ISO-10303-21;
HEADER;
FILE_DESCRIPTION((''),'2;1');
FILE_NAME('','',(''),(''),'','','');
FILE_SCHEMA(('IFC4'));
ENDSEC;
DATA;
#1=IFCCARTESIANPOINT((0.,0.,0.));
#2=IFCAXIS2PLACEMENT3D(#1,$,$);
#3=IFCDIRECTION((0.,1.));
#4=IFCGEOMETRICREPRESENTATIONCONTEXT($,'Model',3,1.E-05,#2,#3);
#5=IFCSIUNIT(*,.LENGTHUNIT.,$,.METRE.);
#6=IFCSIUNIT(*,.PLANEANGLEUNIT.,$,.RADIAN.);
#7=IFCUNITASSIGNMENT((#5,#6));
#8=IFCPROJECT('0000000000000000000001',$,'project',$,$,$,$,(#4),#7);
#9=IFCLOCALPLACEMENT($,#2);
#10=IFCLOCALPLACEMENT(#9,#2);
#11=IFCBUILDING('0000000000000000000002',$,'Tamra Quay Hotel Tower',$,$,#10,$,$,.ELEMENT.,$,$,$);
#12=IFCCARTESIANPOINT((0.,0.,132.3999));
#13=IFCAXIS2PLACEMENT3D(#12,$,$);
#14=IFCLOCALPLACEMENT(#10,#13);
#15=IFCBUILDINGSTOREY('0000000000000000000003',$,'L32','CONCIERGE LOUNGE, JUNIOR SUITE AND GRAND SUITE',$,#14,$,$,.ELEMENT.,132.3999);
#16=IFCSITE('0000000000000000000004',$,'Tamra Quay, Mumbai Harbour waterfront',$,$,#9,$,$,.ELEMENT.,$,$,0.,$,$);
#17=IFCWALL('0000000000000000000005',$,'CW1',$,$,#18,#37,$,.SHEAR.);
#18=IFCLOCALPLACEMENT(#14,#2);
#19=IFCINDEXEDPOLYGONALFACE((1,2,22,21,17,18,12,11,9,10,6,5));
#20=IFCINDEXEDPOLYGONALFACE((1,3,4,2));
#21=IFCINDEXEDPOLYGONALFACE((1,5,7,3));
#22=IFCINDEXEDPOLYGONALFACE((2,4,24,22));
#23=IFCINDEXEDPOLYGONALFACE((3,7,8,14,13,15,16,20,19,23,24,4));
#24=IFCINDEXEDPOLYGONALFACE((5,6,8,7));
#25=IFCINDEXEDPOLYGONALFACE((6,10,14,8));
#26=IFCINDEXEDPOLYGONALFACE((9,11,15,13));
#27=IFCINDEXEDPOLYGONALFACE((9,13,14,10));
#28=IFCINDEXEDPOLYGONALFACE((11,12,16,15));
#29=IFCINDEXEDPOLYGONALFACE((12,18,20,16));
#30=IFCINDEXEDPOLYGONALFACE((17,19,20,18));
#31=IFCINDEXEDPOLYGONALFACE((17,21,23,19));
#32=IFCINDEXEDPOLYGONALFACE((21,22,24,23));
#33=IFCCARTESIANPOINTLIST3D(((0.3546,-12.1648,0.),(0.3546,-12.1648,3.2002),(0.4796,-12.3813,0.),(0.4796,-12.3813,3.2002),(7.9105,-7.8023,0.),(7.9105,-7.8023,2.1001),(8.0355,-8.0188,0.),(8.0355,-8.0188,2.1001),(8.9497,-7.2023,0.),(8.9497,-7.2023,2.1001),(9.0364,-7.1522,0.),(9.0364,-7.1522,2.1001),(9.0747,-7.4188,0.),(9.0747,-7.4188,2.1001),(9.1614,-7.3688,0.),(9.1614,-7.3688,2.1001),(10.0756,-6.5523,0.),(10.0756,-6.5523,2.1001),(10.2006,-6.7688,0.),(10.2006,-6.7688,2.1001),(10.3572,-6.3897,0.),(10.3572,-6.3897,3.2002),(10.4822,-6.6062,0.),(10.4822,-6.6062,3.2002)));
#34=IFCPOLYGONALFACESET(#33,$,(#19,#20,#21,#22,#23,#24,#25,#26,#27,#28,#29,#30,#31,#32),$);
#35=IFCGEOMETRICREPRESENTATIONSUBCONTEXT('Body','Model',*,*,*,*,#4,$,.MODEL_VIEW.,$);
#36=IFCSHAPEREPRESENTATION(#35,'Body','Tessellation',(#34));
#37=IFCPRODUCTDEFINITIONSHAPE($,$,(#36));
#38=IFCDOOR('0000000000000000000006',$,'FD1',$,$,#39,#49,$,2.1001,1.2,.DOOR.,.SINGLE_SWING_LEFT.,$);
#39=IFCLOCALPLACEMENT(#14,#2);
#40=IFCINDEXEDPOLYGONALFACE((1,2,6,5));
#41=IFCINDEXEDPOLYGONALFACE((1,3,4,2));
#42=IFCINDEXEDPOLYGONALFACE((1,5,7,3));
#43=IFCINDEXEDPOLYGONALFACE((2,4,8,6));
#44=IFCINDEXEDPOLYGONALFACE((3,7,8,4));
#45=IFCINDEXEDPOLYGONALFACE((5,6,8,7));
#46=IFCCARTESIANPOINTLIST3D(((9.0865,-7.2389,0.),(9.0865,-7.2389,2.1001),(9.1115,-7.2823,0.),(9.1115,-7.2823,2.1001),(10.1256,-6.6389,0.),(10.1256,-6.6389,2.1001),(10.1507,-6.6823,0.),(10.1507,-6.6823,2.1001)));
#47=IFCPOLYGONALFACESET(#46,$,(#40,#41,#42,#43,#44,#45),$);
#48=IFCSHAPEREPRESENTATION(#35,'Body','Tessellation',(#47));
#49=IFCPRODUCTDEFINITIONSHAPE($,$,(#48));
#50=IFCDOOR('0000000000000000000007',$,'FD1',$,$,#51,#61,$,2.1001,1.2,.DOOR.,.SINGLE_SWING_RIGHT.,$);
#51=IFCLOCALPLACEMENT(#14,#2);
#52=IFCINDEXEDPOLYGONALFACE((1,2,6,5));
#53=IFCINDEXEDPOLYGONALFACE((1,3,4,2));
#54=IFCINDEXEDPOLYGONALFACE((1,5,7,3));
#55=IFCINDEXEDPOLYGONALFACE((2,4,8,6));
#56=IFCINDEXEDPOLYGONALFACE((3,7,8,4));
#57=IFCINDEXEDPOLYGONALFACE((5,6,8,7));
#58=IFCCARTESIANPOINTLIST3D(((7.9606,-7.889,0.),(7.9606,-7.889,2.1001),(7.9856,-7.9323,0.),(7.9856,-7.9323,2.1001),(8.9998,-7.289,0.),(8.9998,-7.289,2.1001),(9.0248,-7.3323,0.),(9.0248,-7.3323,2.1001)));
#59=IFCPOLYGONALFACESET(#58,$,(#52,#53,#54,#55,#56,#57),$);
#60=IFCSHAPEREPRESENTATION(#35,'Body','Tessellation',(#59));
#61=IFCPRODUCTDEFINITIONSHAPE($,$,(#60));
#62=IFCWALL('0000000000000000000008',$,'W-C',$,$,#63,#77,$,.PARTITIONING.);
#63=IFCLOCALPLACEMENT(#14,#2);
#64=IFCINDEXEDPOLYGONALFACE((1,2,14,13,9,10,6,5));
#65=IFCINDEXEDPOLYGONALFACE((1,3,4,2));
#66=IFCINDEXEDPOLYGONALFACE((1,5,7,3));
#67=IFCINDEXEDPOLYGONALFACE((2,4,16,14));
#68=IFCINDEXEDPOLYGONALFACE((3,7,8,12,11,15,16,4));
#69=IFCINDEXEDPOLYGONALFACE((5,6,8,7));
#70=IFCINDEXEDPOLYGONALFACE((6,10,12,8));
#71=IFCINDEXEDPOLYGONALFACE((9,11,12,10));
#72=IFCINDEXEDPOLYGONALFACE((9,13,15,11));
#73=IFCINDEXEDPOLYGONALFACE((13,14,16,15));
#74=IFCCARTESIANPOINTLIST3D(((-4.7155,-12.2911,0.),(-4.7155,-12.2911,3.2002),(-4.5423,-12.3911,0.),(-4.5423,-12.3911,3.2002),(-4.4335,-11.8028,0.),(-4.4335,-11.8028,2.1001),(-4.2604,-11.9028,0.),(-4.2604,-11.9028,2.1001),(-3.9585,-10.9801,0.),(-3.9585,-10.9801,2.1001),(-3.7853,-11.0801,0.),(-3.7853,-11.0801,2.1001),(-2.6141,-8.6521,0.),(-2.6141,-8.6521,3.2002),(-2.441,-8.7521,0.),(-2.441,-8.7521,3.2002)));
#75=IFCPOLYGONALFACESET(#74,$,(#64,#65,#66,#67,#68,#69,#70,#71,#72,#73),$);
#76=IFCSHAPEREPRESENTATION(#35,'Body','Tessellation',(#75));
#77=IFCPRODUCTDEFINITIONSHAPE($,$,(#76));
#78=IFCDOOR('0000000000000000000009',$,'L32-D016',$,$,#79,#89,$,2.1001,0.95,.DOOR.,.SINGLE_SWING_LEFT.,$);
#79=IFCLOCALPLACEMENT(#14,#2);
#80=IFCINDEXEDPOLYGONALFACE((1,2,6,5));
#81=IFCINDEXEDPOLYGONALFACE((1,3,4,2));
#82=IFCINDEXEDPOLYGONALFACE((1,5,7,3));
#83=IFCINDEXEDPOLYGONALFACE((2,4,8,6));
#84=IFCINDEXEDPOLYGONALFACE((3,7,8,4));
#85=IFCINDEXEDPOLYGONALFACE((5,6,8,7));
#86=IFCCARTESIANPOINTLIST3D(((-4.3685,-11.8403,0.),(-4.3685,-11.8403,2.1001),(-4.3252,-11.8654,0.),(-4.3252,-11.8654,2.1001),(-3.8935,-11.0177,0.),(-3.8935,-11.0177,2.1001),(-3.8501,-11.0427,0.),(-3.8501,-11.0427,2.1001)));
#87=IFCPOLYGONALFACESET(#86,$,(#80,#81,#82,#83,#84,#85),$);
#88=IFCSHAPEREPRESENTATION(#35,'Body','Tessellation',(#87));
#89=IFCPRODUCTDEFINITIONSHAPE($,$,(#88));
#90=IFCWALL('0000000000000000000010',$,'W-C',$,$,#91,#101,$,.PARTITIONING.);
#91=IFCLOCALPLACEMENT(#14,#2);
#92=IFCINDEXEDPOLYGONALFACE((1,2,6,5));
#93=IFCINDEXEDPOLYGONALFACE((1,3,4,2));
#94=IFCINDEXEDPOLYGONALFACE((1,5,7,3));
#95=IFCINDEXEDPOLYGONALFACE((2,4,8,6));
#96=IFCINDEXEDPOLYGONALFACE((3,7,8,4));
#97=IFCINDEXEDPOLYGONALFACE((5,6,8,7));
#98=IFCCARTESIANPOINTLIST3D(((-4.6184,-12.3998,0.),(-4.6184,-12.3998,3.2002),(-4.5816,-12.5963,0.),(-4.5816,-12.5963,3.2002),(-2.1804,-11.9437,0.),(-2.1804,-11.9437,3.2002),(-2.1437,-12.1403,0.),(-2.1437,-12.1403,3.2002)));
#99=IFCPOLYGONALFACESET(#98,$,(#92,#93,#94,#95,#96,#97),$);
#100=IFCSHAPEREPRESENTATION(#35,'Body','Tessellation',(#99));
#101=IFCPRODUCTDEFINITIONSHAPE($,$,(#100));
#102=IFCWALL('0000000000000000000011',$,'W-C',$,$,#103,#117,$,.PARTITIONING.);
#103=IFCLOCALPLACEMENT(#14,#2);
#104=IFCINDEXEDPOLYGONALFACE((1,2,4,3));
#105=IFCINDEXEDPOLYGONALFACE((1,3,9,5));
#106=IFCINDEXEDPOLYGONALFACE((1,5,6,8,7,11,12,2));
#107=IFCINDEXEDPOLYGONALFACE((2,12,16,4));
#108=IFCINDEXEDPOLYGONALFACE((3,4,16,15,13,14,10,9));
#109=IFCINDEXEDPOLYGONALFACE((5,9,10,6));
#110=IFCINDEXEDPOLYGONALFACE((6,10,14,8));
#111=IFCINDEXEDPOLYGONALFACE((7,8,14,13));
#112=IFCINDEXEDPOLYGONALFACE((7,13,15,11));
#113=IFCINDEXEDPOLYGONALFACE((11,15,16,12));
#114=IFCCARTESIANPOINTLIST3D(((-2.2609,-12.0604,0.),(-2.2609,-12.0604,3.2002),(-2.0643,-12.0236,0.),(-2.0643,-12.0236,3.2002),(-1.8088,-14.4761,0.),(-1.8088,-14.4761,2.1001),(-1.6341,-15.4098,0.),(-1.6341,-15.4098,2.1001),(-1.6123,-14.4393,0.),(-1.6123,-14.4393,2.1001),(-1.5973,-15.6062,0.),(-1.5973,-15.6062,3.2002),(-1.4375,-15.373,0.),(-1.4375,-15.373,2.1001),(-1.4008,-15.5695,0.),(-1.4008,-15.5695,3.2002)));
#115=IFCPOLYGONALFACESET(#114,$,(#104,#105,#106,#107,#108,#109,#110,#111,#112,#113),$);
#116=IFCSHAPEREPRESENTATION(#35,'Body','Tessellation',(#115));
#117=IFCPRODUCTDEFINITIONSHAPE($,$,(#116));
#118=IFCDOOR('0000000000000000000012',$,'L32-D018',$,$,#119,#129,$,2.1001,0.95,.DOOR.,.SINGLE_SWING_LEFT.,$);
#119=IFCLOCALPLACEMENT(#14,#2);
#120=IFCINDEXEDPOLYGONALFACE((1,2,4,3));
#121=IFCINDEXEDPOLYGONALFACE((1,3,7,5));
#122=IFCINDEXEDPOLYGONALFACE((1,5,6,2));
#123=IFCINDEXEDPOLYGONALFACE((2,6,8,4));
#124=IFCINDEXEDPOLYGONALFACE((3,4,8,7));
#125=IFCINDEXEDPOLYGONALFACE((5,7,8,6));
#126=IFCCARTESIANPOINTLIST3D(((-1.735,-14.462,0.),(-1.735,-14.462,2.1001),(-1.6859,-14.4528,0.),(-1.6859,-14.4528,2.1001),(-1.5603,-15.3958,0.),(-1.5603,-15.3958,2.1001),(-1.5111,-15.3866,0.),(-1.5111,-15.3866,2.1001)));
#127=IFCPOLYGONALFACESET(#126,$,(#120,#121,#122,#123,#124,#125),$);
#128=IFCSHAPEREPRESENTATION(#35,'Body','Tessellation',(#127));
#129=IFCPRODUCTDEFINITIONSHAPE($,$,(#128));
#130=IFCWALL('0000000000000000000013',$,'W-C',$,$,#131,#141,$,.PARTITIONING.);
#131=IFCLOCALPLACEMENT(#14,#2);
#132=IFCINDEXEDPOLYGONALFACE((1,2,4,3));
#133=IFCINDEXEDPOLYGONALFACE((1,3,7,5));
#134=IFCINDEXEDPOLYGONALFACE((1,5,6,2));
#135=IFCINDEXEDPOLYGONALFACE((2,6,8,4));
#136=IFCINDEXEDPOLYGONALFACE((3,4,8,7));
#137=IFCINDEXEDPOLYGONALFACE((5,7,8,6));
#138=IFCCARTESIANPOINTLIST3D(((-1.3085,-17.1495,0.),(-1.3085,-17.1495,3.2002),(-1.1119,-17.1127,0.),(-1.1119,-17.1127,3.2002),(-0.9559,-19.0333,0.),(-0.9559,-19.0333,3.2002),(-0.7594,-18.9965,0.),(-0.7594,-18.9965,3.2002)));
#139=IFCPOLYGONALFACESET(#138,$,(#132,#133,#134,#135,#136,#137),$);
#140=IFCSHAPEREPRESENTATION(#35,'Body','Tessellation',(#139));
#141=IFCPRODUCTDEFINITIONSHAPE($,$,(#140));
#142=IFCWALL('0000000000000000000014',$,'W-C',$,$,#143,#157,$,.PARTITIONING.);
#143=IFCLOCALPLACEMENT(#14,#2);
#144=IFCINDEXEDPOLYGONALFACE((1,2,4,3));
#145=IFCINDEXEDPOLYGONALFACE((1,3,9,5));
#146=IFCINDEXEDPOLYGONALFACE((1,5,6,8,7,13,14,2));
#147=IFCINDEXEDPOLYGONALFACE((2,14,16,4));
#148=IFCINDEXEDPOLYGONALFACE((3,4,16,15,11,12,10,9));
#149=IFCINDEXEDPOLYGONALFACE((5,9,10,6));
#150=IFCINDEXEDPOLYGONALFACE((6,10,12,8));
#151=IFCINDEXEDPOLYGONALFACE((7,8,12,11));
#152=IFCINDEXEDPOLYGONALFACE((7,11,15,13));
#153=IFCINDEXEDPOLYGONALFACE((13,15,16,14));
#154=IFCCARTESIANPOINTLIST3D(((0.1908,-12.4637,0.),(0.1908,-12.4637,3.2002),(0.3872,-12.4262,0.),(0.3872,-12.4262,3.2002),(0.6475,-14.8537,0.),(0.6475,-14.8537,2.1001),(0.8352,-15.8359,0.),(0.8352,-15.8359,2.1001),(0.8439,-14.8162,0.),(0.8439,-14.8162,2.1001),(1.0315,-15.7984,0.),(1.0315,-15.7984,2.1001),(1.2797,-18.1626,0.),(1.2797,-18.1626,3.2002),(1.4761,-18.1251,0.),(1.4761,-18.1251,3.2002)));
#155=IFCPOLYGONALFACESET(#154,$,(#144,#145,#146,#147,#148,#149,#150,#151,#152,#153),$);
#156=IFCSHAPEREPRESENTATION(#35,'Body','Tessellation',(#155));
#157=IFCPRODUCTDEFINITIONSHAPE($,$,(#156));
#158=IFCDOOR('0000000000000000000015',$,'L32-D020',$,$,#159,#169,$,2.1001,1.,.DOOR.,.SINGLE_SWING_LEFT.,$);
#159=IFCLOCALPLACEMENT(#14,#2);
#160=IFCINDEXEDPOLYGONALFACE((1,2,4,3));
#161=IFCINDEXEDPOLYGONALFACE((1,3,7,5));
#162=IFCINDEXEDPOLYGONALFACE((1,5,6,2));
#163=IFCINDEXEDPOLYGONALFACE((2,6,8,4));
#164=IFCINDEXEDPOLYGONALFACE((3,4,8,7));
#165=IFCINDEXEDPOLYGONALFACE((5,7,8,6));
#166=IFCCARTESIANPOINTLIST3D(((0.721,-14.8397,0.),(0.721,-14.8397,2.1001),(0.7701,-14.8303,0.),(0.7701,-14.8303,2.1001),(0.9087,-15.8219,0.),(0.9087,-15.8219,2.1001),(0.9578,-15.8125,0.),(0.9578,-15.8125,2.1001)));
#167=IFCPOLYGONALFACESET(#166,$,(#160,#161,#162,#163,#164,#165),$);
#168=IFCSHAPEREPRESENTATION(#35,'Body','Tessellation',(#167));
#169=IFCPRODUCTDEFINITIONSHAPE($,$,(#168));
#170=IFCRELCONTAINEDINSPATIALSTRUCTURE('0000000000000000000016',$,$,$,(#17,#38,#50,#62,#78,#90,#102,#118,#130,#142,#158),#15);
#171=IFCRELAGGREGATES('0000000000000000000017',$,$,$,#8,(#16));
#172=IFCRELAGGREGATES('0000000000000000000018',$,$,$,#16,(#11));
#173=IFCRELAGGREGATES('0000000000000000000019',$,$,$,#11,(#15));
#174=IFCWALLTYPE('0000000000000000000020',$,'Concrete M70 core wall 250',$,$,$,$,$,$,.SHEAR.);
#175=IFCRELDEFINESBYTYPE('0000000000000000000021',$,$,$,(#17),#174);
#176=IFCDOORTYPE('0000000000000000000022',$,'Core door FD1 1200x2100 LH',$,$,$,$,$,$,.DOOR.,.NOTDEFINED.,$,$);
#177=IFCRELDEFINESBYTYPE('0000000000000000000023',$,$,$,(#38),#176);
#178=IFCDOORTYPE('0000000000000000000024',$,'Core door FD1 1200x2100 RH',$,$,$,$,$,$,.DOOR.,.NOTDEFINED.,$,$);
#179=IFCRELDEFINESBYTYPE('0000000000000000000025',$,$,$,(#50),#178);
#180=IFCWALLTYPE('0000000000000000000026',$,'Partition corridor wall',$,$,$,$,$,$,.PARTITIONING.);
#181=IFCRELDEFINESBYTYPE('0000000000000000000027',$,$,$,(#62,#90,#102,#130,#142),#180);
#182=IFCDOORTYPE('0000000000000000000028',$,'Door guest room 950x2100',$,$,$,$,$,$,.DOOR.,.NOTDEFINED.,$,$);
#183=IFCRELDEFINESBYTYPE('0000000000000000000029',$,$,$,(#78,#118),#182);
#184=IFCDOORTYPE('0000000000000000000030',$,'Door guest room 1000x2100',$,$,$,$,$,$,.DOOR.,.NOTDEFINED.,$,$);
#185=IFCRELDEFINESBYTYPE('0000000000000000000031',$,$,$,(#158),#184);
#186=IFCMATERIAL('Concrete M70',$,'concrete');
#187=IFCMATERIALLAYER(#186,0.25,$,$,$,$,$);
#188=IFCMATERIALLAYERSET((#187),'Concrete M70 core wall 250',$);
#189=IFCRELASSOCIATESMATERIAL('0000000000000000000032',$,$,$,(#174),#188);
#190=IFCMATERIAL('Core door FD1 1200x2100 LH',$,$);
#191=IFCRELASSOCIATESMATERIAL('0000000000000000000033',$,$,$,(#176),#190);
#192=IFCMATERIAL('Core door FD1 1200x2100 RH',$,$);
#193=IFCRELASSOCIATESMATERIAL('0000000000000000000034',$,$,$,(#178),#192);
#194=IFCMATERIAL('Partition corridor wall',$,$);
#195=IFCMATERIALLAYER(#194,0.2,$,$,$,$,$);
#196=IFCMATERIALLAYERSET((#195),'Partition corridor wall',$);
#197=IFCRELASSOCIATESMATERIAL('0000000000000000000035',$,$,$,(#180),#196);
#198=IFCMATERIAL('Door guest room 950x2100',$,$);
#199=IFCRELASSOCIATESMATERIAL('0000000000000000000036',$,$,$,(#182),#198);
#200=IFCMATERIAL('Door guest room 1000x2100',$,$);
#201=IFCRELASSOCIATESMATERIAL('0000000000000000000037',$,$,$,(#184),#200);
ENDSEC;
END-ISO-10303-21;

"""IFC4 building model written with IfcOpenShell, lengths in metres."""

from ifc_helpers import new_model, si_unit, direction, frame, frame_2d, origin, place, context, subcontext, project, spatial, rectangle, extrude, material, layer, layer_set, type_object, element, fill, save


model = new_model("IFC4")

# Units and contexts
model_context = context("Model", 3, precision=1e-05, world=origin(), true_north=direction((0.0, 1.0)))
body_context = subcontext(model_context, "Body", "Model", "MODEL_VIEW")
ifc_project = project(units=[si_unit("LENGTHUNIT", "METRE"), si_unit("PLANEANGLEUNIT", "RADIAN")], contexts=[model_context])

# Site, building, storey
site_placement = place(None, origin())
site = spatial("IfcSite", under=ifc_project, at=site_placement, Name="Tamra Quay, Mumbai Harbour waterfront", CompositionType="ELEMENT", RefElevation=0.0)
building_placement = place(site_placement, origin())
building = spatial("IfcBuilding", under=site, at=building_placement, Name="Tamra Quay Hotel Tower", CompositionType="ELEMENT")
storey_placement = place(building_placement, frame((0.0, 0.0, 132.3999)))
storey = spatial("IfcBuildingStorey", under=building, at=storey_placement, Name="L32", Description="CONCIERGE LOUNGE, JUNIOR SUITE AND GRAND SUITE", CompositionType="ELEMENT", Elevation=132.3999)

# Wall, openings, doors
ifc_material_1 = material(Name="Concrete M70", Category="concrete")
ifc_layer_1 = layer(ifc_material_1, 0.25)
ifc_layer_set_1 = layer_set([ifc_layer_1], Name="Concrete M70 core wall 250")
wall_type_1 = type_object("IfcWallType", Name="Concrete M70 core wall 250", PredefinedType="SHEAR", material=ifc_layer_set_1)
wall_1_placement = place(storey_placement, frame((0.4172, -12.2729, 0.0), z_axis=(0.0, 0.0, 1.0), x_axis=(0.866022, 0.500006, 0.0)))
wall_1 = element("IfcWall", 1, at=wall_1_placement, inside=storey, type_object=wall_type_1, Name="CW1", PredefinedType="SHEAR", context=body_context, shape_type="SweptSolid", body=[
    extrude(rectangle(XDim=11.55, YDim=0.25, at=frame_2d((5.7749, 0.0))), origin(), (0.0, 0.0, 1.0), 3.2002),
])
opening_1_placement = place(wall_1_placement, frame((10.0247, 0.0, 0.0)))
opening_1 = element("IfcOpeningElement", 2, at=opening_1_placement, cuts=wall_1, PredefinedType="OPENING", context=body_context, shape_type="SweptSolid", body=[
    extrude(rectangle(XDim=1.2, YDim=2.1001, at=frame_2d((0.6001, 1.05))), frame((0.0, 0.135, 0.0), z_axis=(0.0, -1.0, 0.0), x_axis=(1.0, 0.0, 0.0)), (0.0, 0.0, 1.0), 0.27),
])
opening_2_placement = place(wall_1_placement, frame((8.7246, 0.0, 0.0)))
opening_2 = element("IfcOpeningElement", 3, at=opening_2_placement, cuts=wall_1, PredefinedType="OPENING", context=body_context, shape_type="SweptSolid", body=[
    extrude(rectangle(XDim=1.2, YDim=2.1001, at=frame_2d((0.6001, 1.05))), frame((0.0, 0.135, 0.0), z_axis=(0.0, -1.0, 0.0), x_axis=(1.0, 0.0, 0.0)), (0.0, 0.0, 1.0), 0.27),
])
ifc_material_2 = material(Name="Core door FD1 1200x2100 LH")
door_type_1 = type_object("IfcDoorType", Name="Core door FD1 1200x2100 LH", OperationType="NOTDEFINED", PredefinedType="DOOR", material=ifc_material_2)
door_1_placement = place(opening_1_placement, origin())
door_1 = element("IfcDoor", 4, at=door_1_placement, inside=storey, type_object=door_type_1, Name="FD1", OperationType="SINGLE_SWING_LEFT", OverallHeight=2.1001, OverallWidth=1.2, PredefinedType="DOOR", context=body_context, shape_type="SweptSolid", body=[
    extrude(rectangle(XDim=1.2, YDim=2.1001, at=frame_2d((0.6001, 1.05))), frame((0.0, 0.0249, 0.0), z_axis=(0.0, -1.0, 0.0), x_axis=(1.0, 0.0, 0.0)), (0.0, 0.0, 1.0), 0.05),
])
fill(opening_1, door_1)
ifc_material_3 = material(Name="Core door FD1 1200x2100 RH")
door_type_2 = type_object("IfcDoorType", Name="Core door FD1 1200x2100 RH", OperationType="NOTDEFINED", PredefinedType="DOOR", material=ifc_material_3)
door_2_placement = place(opening_2_placement, origin())
door_2 = element("IfcDoor", 5, at=door_2_placement, inside=storey, type_object=door_type_2, Name="FD1", OperationType="SINGLE_SWING_RIGHT", OverallHeight=2.1001, OverallWidth=1.2, PredefinedType="DOOR", context=body_context, shape_type="SweptSolid", body=[
    extrude(rectangle(XDim=1.2, YDim=2.1001, at=frame_2d((0.6001, 1.05))), frame((0.0, 0.0249, 0.0), z_axis=(0.0, -1.0, 0.0), x_axis=(1.0, 0.0, 0.0)), (0.0, 0.0, 1.0), 0.05),
])
fill(opening_2, door_2)

# Wall, opening, door
ifc_material_4 = material(Name="Partition corridor wall")
ifc_layer_2 = layer(ifc_material_4, 0.2)
ifc_layer_set_2 = layer_set([ifc_layer_2], Name="Partition corridor wall")
wall_type_2 = type_object("IfcWallType", Name="Partition corridor wall", PredefinedType="PARTITIONING", material=ifc_layer_set_2)
wall_2_placement = place(storey_placement, frame((-4.6289, -12.3411, 0.0), z_axis=(0.0, 0.0, 1.0), x_axis=(0.500069, 0.865985, 0.0)))
wall_2 = element("IfcWall", 6, at=wall_2_placement, inside=storey, type_object=wall_type_2, Name="W-C", PredefinedType="PARTITIONING", context=body_context, shape_type="SweptSolid", body=[
    extrude(rectangle(XDim=4.2021, YDim=0.2, at=frame_2d((2.1011, 0.0))), origin(), (0.0, 0.0, 1.0), 3.2002),
])
opening_3_placement = place(wall_2_placement, frame((0.5637, 0.0, 0.0)))
opening_3 = element("IfcOpeningElement", 7, at=opening_3_placement, cuts=wall_2, PredefinedType="OPENING", context=body_context, shape_type="SweptSolid", body=[
    extrude(rectangle(XDim=0.95, YDim=2.1001, at=frame_2d((0.4751, 1.05))), frame((0.0, 0.1099, 0.0), z_axis=(0.0, -1.0, 0.0), x_axis=(1.0, 0.0, 0.0)), (0.0, 0.0, 1.0), 0.22),
])
ifc_material_5 = material(Name="Door guest room 950x2100")
door_type_3 = type_object("IfcDoorType", Name="Door guest room 950x2100", OperationType="NOTDEFINED", PredefinedType="DOOR", material=ifc_material_5)
door_3_placement = place(opening_3_placement, origin())
door_3 = element("IfcDoor", 8, at=door_3_placement, inside=storey, type_object=door_type_3, Name="L32-D016", OperationType="SINGLE_SWING_LEFT", OverallHeight=2.1001, OverallWidth=0.95, PredefinedType="DOOR", context=body_context, shape_type="SweptSolid", body=[
    extrude(rectangle(XDim=0.95, YDim=2.1001, at=frame_2d((0.4751, 1.05))), frame((0.0, 0.0249, 0.0), z_axis=(0.0, -1.0, 0.0), x_axis=(1.0, 0.0, 0.0)), (0.0, 0.0, 1.0), 0.05),
])
fill(opening_3, door_3)

# Wall
wall_3_placement = place(storey_placement, frame((-4.6001, -12.498, 0.0), z_axis=(0.0, 0.0, 1.0), x_axis=(0.98295, 0.183873, 0.0)))
element("IfcWall", 9, at=wall_3_placement, inside=storey, type_object=wall_type_2, Name="W-C", PredefinedType="PARTITIONING", context=body_context, shape_type="SweptSolid", body=[
    extrude(rectangle(XDim=2.4802, YDim=0.2, at=frame_2d((1.2402, 0.0))), origin(), (0.0, 0.0, 1.0), 3.2002),
])

# Wall, opening, door
wall_4_placement = place(storey_placement, frame((-2.1626, -12.042, 0.0), z_axis=(0.0, 0.0, 1.0), x_axis=(0.183945, -0.982936, 0.0)))
wall_4 = element("IfcWall", 10, at=wall_4_placement, inside=storey, type_object=wall_type_2, Name="W-C", PredefinedType="PARTITIONING", context=body_context, shape_type="SweptSolid", body=[
    extrude(rectangle(XDim=3.6074, YDim=0.2, at=frame_2d((1.8037, 0.0))), origin(), (0.0, 0.0, 1.0), 3.2002),
])
opening_4_placement = place(wall_4_placement, frame((2.4575, 0.0, 0.0)))
opening_4 = element("IfcOpeningElement", 11, at=opening_4_placement, cuts=wall_4, PredefinedType="OPENING", context=body_context, shape_type="SweptSolid", body=[
    extrude(rectangle(XDim=0.95, YDim=2.1001, at=frame_2d((0.4751, 1.05))), frame((0.0, 0.1099, 0.0), z_axis=(0.0, -1.0, 0.0), x_axis=(1.0, 0.0, 0.0)), (0.0, 0.0, 1.0), 0.22),
])
door_4_placement = place(opening_4_placement, frame((0.95, 0.0, 0.0), z_axis=(0.0, 0.0, 1.0), x_axis=(-1.0, 0.0, 0.0)))
door_4 = element("IfcDoor", 12, at=door_4_placement, inside=storey, type_object=door_type_3, Name="L32-D018", OperationType="SINGLE_SWING_LEFT", OverallHeight=2.1001, OverallWidth=0.95, PredefinedType="DOOR", context=body_context, shape_type="SweptSolid", body=[
    extrude(rectangle(XDim=0.95, YDim=2.1001, at=frame_2d((0.4751, 1.05))), frame((0.0, 0.0249, 0.0), z_axis=(0.0, -1.0, 0.0), x_axis=(1.0, 0.0, 0.0)), (0.0, 0.0, 1.0), 0.05),
])
fill(opening_4, door_4)

# Wall
wall_5_placement = place(storey_placement, frame((-1.2102, -17.1311, 0.0), z_axis=(0.0, 0.0, 1.0), x_axis=(0.18395, -0.982936, 0.0)))
element("IfcWall", 13, at=wall_5_placement, inside=storey, type_object=wall_type_2, Name="W-C", PredefinedType="PARTITIONING", context=body_context, shape_type="SweptSolid", body=[
    extrude(rectangle(XDim=1.9165, YDim=0.2, at=frame_2d((0.9583, 0.0))), origin(), (0.0, 0.0, 1.0), 3.2002),
])

# Wall, opening, door
wall_6_placement = place(storey_placement, frame((0.2891, -12.4451, 0.0), z_axis=(0.0, 0.0, 1.0), x_axis=(0.187669, -0.982232, 0.0)))
wall_6 = element("IfcWall", 14, at=wall_6_placement, inside=storey, type_object=wall_type_2, Name="W-C", PredefinedType="PARTITIONING", context=body_context, shape_type="SweptSolid", body=[
    extrude(rectangle(XDim=5.802, YDim=0.2, at=frame_2d((2.9009, 0.0))), origin(), (0.0, 0.0, 1.0), 3.2002),
])
opening_5_placement = place(wall_6_placement, frame((2.4331, 0.0, 0.0)))
opening_5 = element("IfcOpeningElement", 15, at=opening_5_placement, cuts=wall_6, PredefinedType="OPENING", context=body_context, shape_type="SweptSolid", body=[
    extrude(rectangle(XDim=1.0, YDim=2.1001, at=frame_2d((0.5, 1.05))), frame((0.0, 0.1099, 0.0), z_axis=(0.0, -1.0, 0.0), x_axis=(1.0, 0.0, 0.0)), (0.0, 0.0, 1.0), 0.22),
])
ifc_material_6 = material(Name="Door guest room 1000x2100")
door_type_4 = type_object("IfcDoorType", Name="Door guest room 1000x2100", OperationType="NOTDEFINED", PredefinedType="DOOR", material=ifc_material_6)
door_5_placement = place(opening_5_placement, origin())
door_5 = element("IfcDoor", 16, at=door_5_placement, inside=storey, type_object=door_type_4, Name="L32-D020", OperationType="SINGLE_SWING_LEFT", OverallHeight=2.1001, OverallWidth=1.0, PredefinedType="DOOR", context=body_context, shape_type="SweptSolid", body=[
    extrude(rectangle(XDim=1.0, YDim=2.1001, at=frame_2d((0.5, 1.05))), frame((0.0, 0.0249, 0.0), z_axis=(0.0, -1.0, 0.0), x_axis=(1.0, 0.0, 0.0)), (0.0, 0.0, 1.0), 0.05),
])
fill(opening_5, door_5)

save(model, "model.ifc")
